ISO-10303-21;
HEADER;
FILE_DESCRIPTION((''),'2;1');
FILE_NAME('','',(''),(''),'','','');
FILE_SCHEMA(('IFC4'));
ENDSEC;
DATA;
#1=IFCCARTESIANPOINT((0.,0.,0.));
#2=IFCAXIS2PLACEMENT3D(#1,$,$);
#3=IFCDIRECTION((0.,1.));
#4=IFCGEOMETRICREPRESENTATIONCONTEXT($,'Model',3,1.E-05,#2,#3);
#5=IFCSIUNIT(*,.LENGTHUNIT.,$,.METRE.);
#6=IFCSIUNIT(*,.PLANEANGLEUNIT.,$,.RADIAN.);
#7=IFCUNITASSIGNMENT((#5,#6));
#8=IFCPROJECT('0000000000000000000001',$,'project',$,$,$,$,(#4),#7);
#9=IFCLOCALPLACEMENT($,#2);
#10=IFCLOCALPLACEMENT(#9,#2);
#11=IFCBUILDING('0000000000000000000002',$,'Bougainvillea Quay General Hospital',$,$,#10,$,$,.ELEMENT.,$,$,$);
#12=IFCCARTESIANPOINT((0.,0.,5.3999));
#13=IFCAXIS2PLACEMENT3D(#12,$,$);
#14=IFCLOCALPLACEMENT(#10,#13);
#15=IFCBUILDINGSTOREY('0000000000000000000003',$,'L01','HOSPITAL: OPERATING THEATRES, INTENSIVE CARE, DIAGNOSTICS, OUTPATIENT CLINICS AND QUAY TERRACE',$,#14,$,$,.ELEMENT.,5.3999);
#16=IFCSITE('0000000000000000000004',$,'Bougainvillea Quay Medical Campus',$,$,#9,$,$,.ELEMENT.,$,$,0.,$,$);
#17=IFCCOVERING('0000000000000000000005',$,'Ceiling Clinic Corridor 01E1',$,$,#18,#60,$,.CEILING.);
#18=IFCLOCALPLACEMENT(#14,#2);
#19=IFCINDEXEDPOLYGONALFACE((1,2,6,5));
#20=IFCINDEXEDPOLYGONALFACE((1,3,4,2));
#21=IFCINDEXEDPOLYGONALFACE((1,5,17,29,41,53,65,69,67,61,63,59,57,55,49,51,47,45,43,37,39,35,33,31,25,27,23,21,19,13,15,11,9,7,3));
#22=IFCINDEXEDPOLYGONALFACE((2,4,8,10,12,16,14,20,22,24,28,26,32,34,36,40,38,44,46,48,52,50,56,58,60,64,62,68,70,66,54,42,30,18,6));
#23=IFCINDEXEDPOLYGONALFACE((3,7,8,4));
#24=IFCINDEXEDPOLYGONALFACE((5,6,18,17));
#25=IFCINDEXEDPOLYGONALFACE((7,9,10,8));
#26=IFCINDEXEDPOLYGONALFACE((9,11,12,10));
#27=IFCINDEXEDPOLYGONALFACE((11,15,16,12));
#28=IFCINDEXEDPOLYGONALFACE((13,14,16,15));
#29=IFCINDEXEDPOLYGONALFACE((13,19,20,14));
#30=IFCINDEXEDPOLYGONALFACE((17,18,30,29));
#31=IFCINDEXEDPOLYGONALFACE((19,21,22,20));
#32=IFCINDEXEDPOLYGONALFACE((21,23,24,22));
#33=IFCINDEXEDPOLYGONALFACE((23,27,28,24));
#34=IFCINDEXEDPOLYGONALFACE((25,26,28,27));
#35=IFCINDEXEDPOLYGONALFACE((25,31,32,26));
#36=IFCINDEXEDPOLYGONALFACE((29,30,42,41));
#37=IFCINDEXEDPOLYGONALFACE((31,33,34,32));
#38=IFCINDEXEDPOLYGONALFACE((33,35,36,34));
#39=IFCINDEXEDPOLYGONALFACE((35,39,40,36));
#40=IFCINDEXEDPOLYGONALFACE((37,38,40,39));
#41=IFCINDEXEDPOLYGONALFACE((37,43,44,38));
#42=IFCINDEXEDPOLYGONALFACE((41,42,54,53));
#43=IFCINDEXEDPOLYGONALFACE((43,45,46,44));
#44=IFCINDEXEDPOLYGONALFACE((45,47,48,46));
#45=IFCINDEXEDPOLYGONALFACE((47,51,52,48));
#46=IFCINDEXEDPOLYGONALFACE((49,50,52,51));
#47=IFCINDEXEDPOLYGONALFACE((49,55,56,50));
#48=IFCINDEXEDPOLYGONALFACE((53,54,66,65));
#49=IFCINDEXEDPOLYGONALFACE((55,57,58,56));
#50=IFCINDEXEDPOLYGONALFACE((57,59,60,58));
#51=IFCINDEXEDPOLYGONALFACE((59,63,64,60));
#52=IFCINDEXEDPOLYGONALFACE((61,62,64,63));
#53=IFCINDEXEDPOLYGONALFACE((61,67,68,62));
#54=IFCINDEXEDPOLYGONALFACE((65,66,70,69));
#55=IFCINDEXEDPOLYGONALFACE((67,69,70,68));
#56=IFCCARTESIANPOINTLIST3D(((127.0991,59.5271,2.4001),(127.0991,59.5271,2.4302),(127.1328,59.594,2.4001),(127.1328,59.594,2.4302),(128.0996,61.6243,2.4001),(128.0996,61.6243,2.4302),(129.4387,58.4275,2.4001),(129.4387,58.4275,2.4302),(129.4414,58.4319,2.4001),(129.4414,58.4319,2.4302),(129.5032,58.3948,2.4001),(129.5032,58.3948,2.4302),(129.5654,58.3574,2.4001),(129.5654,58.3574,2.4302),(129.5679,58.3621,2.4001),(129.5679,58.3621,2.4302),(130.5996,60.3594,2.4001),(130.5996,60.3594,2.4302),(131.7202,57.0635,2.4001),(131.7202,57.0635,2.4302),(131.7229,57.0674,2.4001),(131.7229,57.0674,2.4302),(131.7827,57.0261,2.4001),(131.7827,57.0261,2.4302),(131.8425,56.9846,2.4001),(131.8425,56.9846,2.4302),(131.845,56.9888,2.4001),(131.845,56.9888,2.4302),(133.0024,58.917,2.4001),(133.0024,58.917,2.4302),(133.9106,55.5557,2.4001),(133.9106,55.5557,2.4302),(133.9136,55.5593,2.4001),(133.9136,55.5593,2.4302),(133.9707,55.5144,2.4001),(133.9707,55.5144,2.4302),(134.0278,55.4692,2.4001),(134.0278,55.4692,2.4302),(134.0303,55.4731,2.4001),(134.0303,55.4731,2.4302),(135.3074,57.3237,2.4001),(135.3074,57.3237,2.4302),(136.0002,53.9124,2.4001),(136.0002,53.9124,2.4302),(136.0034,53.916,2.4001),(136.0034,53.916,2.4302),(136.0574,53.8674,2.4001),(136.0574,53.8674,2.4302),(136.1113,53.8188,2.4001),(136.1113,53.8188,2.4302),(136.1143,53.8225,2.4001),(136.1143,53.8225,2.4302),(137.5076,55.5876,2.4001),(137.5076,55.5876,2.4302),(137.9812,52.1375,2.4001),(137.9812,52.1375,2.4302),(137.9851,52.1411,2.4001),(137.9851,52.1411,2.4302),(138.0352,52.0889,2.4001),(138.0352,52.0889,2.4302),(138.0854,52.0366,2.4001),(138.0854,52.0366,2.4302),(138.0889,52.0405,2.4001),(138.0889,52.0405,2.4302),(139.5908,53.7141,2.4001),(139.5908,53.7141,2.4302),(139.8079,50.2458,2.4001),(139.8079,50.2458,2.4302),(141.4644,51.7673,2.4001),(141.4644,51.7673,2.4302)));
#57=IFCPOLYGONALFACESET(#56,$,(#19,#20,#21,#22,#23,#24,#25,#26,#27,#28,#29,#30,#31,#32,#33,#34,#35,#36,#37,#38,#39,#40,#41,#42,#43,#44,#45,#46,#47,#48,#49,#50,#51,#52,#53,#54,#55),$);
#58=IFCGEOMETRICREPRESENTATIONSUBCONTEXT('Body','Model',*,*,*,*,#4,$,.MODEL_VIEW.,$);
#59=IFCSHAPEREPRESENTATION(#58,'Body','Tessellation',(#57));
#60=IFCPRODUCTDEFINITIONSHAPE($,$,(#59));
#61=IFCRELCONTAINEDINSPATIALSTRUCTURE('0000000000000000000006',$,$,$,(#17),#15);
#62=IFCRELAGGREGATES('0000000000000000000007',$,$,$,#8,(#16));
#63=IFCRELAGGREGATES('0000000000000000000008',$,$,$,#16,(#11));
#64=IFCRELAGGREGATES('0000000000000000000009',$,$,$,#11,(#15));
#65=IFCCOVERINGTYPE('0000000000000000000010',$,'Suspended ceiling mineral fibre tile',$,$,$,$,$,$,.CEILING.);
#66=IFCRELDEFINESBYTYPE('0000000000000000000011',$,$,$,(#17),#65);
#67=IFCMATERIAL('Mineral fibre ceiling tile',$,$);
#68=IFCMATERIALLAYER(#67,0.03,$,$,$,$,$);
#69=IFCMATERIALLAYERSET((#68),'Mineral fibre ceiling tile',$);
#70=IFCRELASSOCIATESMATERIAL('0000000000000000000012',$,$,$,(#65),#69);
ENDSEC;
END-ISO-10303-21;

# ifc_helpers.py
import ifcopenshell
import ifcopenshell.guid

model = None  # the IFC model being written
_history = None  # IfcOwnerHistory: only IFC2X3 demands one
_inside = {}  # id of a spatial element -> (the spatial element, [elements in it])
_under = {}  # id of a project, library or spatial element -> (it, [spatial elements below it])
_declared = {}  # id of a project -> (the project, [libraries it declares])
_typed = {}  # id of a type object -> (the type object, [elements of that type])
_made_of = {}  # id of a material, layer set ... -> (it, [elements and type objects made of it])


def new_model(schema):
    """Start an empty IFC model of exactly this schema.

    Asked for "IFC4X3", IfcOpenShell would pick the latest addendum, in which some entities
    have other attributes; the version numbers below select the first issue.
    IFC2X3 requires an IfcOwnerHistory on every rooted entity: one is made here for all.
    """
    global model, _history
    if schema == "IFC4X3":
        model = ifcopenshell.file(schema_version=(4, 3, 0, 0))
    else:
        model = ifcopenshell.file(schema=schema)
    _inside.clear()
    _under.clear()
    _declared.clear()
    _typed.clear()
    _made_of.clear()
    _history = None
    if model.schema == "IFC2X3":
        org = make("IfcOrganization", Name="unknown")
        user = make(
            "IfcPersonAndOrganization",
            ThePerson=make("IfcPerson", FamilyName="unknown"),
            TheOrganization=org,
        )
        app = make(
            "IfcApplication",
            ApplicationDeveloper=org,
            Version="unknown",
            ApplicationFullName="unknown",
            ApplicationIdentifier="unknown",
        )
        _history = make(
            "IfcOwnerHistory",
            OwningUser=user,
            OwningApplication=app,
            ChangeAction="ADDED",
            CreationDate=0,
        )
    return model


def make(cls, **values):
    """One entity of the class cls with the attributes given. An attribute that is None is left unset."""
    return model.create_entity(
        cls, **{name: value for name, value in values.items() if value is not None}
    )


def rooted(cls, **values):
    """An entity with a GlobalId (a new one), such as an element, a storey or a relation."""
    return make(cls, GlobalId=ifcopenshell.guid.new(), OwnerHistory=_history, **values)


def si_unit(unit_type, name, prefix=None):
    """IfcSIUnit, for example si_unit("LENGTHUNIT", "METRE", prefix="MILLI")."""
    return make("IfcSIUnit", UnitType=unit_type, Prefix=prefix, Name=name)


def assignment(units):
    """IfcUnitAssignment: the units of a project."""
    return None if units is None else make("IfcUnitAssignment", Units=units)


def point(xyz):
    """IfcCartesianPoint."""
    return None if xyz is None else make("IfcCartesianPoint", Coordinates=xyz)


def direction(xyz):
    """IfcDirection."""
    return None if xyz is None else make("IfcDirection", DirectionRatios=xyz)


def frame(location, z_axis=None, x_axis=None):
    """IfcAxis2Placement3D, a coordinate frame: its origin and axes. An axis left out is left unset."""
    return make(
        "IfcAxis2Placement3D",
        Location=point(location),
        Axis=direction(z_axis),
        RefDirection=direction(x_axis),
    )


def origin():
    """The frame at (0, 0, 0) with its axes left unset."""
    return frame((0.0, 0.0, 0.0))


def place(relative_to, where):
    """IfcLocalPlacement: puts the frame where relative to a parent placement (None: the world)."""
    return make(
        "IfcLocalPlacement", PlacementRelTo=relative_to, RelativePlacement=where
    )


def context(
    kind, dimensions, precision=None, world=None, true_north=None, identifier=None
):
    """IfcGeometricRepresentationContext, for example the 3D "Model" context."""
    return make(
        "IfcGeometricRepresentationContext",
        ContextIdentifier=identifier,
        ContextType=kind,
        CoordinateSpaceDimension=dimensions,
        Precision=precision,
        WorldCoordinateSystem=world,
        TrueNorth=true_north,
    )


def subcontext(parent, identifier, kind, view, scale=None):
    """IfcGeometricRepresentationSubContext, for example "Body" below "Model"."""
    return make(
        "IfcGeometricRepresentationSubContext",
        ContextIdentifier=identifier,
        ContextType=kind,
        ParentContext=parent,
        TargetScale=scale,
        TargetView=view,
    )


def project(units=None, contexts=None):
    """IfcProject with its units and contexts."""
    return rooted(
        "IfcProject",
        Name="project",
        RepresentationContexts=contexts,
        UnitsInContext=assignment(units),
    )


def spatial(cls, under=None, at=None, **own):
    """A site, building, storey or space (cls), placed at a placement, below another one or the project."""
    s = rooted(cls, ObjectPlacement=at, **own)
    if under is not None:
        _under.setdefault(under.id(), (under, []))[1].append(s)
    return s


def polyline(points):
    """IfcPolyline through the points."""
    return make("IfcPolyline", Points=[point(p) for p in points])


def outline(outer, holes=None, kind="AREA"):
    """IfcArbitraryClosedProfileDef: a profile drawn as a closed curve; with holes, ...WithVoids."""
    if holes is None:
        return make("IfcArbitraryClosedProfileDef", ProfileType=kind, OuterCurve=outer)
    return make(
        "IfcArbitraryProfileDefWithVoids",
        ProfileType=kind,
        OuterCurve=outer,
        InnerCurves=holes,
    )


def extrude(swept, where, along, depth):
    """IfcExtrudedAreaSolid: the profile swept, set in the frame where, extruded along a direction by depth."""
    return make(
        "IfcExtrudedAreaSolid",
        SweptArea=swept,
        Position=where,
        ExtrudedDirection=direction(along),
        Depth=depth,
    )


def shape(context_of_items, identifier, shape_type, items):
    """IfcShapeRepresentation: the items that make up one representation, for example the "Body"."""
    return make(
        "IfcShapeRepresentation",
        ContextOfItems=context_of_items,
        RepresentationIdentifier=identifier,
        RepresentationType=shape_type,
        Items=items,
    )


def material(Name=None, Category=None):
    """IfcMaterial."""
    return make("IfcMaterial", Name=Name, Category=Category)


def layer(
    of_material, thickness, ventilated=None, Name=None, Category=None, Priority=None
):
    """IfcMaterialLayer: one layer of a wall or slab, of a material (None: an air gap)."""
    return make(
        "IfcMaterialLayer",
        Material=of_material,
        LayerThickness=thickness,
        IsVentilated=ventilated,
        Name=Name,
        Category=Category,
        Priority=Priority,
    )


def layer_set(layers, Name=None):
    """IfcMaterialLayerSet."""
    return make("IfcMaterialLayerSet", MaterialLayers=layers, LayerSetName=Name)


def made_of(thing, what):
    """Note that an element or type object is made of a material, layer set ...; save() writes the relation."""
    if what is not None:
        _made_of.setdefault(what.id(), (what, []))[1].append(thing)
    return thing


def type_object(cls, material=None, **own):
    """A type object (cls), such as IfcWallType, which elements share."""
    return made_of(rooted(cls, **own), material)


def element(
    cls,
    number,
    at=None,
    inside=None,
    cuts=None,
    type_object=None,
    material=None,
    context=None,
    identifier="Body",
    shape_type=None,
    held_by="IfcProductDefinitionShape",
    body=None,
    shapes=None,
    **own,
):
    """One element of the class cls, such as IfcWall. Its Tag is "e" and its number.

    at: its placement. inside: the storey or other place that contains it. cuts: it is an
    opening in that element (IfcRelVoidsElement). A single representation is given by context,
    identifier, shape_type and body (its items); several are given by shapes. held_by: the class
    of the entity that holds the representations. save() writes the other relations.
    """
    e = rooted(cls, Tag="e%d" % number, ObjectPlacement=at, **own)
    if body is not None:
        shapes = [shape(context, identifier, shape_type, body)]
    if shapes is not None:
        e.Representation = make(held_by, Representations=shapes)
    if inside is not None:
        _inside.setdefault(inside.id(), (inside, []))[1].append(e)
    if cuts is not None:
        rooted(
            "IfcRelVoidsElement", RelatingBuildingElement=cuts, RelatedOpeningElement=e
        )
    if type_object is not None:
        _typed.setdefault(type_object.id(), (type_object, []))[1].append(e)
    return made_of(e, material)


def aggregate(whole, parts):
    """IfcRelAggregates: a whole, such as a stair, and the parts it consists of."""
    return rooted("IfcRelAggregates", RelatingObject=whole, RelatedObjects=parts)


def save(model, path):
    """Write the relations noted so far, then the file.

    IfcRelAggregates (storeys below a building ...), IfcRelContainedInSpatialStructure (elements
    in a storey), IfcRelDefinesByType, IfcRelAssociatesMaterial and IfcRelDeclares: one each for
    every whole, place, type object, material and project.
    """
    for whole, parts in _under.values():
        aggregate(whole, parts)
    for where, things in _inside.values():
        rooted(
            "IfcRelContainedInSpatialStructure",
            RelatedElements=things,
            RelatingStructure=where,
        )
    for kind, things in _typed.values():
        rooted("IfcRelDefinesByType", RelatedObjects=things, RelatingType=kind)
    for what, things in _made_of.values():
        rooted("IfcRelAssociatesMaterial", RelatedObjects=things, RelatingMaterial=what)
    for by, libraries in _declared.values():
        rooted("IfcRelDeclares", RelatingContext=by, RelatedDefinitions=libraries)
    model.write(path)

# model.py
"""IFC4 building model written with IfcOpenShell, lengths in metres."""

from ifc_helpers import new_model, si_unit, direction, frame, origin, place, context, subcontext, project, spatial, polyline, outline, extrude, material, layer, layer_set, type_object, element, save


model = new_model("IFC4")

# Units and contexts
model_context = context("Model", 3, precision=1e-05, world=origin(), true_north=direction((0.0, 1.0)))
body_context = subcontext(model_context, "Body", "Model", "MODEL_VIEW")
ifc_project = project(units=[si_unit("LENGTHUNIT", "METRE"), si_unit("PLANEANGLEUNIT", "RADIAN")], contexts=[model_context])

# Site, building, storey
site_placement = place(None, origin())
site = spatial("IfcSite", under=ifc_project, at=site_placement, Name="Bougainvillea Quay Medical Campus", CompositionType="ELEMENT", RefElevation=0.0)
building_placement = place(site_placement, origin())
building = spatial("IfcBuilding", under=site, at=building_placement, Name="Bougainvillea Quay General Hospital", CompositionType="ELEMENT")
storey_placement = place(building_placement, frame((0.0, 0.0, 5.3999)))
storey = spatial("IfcBuildingStorey", under=building, at=storey_placement, Name="L01", Description="HOSPITAL: OPERATING THEATRES, INTENSIVE CARE, DIAGNOSTICS, OUTPATIENT CLINICS AND QUAY TERRACE", CompositionType="ELEMENT", Elevation=5.3999)

# Covering
ifc_material_1 = material(Name="Mineral fibre ceiling tile")
ifc_layer_1 = layer(ifc_material_1, 0.03)
ifc_layer_set_1 = layer_set([ifc_layer_1], Name="Mineral fibre ceiling tile")
covering_type_1 = type_object("IfcCoveringType", Name="Suspended ceiling mineral fibre tile", PredefinedType="CEILING", material=ifc_layer_set_1)
covering_1_placement = place(storey_placement, frame((0.0, 0.0, 2.4001)))
element("IfcCovering", 1, at=covering_1_placement, inside=storey, type_object=covering_type_1, Name="Ceiling Clinic Corridor 01E1", PredefinedType="CEILING", context=body_context, shape_type="SweptSolid", body=[
    extrude(outline(polyline([(127.0991, 59.5271), (127.1328, 59.594), (129.4387, 58.4275), (129.4414, 58.4319), (129.5032, 58.3948), (129.5679, 58.3621), (129.5654, 58.3574), (131.7202, 57.0635), (131.7229, 57.0674), (131.7827, 57.0261), (131.845, 56.9888), (131.8425, 56.9846), (133.9106, 55.5557), (133.9136, 55.5593), (133.9707, 55.5144), (134.0303, 55.4731), (134.0278, 55.4692), (136.0002, 53.9124), (136.0034, 53.916), (136.0574, 53.8674), (136.1143, 53.8225), (136.1113, 53.8188), (137.9812, 52.1375), (137.9851, 52.1411), (138.0352, 52.0889), (138.0889, 52.0405), (138.0854, 52.0366), (139.8079, 50.2458), (141.4644, 51.7673), (139.5908, 53.7141), (137.5076, 55.5876), (135.3074, 57.3237), (133.0024, 58.917), (130.5996, 60.3594), (128.0996, 61.6243), (127.0991, 59.5271)])), origin(), (0.0, 0.0, 1.0), 0.03),
])

save(model, "model.ifc")
